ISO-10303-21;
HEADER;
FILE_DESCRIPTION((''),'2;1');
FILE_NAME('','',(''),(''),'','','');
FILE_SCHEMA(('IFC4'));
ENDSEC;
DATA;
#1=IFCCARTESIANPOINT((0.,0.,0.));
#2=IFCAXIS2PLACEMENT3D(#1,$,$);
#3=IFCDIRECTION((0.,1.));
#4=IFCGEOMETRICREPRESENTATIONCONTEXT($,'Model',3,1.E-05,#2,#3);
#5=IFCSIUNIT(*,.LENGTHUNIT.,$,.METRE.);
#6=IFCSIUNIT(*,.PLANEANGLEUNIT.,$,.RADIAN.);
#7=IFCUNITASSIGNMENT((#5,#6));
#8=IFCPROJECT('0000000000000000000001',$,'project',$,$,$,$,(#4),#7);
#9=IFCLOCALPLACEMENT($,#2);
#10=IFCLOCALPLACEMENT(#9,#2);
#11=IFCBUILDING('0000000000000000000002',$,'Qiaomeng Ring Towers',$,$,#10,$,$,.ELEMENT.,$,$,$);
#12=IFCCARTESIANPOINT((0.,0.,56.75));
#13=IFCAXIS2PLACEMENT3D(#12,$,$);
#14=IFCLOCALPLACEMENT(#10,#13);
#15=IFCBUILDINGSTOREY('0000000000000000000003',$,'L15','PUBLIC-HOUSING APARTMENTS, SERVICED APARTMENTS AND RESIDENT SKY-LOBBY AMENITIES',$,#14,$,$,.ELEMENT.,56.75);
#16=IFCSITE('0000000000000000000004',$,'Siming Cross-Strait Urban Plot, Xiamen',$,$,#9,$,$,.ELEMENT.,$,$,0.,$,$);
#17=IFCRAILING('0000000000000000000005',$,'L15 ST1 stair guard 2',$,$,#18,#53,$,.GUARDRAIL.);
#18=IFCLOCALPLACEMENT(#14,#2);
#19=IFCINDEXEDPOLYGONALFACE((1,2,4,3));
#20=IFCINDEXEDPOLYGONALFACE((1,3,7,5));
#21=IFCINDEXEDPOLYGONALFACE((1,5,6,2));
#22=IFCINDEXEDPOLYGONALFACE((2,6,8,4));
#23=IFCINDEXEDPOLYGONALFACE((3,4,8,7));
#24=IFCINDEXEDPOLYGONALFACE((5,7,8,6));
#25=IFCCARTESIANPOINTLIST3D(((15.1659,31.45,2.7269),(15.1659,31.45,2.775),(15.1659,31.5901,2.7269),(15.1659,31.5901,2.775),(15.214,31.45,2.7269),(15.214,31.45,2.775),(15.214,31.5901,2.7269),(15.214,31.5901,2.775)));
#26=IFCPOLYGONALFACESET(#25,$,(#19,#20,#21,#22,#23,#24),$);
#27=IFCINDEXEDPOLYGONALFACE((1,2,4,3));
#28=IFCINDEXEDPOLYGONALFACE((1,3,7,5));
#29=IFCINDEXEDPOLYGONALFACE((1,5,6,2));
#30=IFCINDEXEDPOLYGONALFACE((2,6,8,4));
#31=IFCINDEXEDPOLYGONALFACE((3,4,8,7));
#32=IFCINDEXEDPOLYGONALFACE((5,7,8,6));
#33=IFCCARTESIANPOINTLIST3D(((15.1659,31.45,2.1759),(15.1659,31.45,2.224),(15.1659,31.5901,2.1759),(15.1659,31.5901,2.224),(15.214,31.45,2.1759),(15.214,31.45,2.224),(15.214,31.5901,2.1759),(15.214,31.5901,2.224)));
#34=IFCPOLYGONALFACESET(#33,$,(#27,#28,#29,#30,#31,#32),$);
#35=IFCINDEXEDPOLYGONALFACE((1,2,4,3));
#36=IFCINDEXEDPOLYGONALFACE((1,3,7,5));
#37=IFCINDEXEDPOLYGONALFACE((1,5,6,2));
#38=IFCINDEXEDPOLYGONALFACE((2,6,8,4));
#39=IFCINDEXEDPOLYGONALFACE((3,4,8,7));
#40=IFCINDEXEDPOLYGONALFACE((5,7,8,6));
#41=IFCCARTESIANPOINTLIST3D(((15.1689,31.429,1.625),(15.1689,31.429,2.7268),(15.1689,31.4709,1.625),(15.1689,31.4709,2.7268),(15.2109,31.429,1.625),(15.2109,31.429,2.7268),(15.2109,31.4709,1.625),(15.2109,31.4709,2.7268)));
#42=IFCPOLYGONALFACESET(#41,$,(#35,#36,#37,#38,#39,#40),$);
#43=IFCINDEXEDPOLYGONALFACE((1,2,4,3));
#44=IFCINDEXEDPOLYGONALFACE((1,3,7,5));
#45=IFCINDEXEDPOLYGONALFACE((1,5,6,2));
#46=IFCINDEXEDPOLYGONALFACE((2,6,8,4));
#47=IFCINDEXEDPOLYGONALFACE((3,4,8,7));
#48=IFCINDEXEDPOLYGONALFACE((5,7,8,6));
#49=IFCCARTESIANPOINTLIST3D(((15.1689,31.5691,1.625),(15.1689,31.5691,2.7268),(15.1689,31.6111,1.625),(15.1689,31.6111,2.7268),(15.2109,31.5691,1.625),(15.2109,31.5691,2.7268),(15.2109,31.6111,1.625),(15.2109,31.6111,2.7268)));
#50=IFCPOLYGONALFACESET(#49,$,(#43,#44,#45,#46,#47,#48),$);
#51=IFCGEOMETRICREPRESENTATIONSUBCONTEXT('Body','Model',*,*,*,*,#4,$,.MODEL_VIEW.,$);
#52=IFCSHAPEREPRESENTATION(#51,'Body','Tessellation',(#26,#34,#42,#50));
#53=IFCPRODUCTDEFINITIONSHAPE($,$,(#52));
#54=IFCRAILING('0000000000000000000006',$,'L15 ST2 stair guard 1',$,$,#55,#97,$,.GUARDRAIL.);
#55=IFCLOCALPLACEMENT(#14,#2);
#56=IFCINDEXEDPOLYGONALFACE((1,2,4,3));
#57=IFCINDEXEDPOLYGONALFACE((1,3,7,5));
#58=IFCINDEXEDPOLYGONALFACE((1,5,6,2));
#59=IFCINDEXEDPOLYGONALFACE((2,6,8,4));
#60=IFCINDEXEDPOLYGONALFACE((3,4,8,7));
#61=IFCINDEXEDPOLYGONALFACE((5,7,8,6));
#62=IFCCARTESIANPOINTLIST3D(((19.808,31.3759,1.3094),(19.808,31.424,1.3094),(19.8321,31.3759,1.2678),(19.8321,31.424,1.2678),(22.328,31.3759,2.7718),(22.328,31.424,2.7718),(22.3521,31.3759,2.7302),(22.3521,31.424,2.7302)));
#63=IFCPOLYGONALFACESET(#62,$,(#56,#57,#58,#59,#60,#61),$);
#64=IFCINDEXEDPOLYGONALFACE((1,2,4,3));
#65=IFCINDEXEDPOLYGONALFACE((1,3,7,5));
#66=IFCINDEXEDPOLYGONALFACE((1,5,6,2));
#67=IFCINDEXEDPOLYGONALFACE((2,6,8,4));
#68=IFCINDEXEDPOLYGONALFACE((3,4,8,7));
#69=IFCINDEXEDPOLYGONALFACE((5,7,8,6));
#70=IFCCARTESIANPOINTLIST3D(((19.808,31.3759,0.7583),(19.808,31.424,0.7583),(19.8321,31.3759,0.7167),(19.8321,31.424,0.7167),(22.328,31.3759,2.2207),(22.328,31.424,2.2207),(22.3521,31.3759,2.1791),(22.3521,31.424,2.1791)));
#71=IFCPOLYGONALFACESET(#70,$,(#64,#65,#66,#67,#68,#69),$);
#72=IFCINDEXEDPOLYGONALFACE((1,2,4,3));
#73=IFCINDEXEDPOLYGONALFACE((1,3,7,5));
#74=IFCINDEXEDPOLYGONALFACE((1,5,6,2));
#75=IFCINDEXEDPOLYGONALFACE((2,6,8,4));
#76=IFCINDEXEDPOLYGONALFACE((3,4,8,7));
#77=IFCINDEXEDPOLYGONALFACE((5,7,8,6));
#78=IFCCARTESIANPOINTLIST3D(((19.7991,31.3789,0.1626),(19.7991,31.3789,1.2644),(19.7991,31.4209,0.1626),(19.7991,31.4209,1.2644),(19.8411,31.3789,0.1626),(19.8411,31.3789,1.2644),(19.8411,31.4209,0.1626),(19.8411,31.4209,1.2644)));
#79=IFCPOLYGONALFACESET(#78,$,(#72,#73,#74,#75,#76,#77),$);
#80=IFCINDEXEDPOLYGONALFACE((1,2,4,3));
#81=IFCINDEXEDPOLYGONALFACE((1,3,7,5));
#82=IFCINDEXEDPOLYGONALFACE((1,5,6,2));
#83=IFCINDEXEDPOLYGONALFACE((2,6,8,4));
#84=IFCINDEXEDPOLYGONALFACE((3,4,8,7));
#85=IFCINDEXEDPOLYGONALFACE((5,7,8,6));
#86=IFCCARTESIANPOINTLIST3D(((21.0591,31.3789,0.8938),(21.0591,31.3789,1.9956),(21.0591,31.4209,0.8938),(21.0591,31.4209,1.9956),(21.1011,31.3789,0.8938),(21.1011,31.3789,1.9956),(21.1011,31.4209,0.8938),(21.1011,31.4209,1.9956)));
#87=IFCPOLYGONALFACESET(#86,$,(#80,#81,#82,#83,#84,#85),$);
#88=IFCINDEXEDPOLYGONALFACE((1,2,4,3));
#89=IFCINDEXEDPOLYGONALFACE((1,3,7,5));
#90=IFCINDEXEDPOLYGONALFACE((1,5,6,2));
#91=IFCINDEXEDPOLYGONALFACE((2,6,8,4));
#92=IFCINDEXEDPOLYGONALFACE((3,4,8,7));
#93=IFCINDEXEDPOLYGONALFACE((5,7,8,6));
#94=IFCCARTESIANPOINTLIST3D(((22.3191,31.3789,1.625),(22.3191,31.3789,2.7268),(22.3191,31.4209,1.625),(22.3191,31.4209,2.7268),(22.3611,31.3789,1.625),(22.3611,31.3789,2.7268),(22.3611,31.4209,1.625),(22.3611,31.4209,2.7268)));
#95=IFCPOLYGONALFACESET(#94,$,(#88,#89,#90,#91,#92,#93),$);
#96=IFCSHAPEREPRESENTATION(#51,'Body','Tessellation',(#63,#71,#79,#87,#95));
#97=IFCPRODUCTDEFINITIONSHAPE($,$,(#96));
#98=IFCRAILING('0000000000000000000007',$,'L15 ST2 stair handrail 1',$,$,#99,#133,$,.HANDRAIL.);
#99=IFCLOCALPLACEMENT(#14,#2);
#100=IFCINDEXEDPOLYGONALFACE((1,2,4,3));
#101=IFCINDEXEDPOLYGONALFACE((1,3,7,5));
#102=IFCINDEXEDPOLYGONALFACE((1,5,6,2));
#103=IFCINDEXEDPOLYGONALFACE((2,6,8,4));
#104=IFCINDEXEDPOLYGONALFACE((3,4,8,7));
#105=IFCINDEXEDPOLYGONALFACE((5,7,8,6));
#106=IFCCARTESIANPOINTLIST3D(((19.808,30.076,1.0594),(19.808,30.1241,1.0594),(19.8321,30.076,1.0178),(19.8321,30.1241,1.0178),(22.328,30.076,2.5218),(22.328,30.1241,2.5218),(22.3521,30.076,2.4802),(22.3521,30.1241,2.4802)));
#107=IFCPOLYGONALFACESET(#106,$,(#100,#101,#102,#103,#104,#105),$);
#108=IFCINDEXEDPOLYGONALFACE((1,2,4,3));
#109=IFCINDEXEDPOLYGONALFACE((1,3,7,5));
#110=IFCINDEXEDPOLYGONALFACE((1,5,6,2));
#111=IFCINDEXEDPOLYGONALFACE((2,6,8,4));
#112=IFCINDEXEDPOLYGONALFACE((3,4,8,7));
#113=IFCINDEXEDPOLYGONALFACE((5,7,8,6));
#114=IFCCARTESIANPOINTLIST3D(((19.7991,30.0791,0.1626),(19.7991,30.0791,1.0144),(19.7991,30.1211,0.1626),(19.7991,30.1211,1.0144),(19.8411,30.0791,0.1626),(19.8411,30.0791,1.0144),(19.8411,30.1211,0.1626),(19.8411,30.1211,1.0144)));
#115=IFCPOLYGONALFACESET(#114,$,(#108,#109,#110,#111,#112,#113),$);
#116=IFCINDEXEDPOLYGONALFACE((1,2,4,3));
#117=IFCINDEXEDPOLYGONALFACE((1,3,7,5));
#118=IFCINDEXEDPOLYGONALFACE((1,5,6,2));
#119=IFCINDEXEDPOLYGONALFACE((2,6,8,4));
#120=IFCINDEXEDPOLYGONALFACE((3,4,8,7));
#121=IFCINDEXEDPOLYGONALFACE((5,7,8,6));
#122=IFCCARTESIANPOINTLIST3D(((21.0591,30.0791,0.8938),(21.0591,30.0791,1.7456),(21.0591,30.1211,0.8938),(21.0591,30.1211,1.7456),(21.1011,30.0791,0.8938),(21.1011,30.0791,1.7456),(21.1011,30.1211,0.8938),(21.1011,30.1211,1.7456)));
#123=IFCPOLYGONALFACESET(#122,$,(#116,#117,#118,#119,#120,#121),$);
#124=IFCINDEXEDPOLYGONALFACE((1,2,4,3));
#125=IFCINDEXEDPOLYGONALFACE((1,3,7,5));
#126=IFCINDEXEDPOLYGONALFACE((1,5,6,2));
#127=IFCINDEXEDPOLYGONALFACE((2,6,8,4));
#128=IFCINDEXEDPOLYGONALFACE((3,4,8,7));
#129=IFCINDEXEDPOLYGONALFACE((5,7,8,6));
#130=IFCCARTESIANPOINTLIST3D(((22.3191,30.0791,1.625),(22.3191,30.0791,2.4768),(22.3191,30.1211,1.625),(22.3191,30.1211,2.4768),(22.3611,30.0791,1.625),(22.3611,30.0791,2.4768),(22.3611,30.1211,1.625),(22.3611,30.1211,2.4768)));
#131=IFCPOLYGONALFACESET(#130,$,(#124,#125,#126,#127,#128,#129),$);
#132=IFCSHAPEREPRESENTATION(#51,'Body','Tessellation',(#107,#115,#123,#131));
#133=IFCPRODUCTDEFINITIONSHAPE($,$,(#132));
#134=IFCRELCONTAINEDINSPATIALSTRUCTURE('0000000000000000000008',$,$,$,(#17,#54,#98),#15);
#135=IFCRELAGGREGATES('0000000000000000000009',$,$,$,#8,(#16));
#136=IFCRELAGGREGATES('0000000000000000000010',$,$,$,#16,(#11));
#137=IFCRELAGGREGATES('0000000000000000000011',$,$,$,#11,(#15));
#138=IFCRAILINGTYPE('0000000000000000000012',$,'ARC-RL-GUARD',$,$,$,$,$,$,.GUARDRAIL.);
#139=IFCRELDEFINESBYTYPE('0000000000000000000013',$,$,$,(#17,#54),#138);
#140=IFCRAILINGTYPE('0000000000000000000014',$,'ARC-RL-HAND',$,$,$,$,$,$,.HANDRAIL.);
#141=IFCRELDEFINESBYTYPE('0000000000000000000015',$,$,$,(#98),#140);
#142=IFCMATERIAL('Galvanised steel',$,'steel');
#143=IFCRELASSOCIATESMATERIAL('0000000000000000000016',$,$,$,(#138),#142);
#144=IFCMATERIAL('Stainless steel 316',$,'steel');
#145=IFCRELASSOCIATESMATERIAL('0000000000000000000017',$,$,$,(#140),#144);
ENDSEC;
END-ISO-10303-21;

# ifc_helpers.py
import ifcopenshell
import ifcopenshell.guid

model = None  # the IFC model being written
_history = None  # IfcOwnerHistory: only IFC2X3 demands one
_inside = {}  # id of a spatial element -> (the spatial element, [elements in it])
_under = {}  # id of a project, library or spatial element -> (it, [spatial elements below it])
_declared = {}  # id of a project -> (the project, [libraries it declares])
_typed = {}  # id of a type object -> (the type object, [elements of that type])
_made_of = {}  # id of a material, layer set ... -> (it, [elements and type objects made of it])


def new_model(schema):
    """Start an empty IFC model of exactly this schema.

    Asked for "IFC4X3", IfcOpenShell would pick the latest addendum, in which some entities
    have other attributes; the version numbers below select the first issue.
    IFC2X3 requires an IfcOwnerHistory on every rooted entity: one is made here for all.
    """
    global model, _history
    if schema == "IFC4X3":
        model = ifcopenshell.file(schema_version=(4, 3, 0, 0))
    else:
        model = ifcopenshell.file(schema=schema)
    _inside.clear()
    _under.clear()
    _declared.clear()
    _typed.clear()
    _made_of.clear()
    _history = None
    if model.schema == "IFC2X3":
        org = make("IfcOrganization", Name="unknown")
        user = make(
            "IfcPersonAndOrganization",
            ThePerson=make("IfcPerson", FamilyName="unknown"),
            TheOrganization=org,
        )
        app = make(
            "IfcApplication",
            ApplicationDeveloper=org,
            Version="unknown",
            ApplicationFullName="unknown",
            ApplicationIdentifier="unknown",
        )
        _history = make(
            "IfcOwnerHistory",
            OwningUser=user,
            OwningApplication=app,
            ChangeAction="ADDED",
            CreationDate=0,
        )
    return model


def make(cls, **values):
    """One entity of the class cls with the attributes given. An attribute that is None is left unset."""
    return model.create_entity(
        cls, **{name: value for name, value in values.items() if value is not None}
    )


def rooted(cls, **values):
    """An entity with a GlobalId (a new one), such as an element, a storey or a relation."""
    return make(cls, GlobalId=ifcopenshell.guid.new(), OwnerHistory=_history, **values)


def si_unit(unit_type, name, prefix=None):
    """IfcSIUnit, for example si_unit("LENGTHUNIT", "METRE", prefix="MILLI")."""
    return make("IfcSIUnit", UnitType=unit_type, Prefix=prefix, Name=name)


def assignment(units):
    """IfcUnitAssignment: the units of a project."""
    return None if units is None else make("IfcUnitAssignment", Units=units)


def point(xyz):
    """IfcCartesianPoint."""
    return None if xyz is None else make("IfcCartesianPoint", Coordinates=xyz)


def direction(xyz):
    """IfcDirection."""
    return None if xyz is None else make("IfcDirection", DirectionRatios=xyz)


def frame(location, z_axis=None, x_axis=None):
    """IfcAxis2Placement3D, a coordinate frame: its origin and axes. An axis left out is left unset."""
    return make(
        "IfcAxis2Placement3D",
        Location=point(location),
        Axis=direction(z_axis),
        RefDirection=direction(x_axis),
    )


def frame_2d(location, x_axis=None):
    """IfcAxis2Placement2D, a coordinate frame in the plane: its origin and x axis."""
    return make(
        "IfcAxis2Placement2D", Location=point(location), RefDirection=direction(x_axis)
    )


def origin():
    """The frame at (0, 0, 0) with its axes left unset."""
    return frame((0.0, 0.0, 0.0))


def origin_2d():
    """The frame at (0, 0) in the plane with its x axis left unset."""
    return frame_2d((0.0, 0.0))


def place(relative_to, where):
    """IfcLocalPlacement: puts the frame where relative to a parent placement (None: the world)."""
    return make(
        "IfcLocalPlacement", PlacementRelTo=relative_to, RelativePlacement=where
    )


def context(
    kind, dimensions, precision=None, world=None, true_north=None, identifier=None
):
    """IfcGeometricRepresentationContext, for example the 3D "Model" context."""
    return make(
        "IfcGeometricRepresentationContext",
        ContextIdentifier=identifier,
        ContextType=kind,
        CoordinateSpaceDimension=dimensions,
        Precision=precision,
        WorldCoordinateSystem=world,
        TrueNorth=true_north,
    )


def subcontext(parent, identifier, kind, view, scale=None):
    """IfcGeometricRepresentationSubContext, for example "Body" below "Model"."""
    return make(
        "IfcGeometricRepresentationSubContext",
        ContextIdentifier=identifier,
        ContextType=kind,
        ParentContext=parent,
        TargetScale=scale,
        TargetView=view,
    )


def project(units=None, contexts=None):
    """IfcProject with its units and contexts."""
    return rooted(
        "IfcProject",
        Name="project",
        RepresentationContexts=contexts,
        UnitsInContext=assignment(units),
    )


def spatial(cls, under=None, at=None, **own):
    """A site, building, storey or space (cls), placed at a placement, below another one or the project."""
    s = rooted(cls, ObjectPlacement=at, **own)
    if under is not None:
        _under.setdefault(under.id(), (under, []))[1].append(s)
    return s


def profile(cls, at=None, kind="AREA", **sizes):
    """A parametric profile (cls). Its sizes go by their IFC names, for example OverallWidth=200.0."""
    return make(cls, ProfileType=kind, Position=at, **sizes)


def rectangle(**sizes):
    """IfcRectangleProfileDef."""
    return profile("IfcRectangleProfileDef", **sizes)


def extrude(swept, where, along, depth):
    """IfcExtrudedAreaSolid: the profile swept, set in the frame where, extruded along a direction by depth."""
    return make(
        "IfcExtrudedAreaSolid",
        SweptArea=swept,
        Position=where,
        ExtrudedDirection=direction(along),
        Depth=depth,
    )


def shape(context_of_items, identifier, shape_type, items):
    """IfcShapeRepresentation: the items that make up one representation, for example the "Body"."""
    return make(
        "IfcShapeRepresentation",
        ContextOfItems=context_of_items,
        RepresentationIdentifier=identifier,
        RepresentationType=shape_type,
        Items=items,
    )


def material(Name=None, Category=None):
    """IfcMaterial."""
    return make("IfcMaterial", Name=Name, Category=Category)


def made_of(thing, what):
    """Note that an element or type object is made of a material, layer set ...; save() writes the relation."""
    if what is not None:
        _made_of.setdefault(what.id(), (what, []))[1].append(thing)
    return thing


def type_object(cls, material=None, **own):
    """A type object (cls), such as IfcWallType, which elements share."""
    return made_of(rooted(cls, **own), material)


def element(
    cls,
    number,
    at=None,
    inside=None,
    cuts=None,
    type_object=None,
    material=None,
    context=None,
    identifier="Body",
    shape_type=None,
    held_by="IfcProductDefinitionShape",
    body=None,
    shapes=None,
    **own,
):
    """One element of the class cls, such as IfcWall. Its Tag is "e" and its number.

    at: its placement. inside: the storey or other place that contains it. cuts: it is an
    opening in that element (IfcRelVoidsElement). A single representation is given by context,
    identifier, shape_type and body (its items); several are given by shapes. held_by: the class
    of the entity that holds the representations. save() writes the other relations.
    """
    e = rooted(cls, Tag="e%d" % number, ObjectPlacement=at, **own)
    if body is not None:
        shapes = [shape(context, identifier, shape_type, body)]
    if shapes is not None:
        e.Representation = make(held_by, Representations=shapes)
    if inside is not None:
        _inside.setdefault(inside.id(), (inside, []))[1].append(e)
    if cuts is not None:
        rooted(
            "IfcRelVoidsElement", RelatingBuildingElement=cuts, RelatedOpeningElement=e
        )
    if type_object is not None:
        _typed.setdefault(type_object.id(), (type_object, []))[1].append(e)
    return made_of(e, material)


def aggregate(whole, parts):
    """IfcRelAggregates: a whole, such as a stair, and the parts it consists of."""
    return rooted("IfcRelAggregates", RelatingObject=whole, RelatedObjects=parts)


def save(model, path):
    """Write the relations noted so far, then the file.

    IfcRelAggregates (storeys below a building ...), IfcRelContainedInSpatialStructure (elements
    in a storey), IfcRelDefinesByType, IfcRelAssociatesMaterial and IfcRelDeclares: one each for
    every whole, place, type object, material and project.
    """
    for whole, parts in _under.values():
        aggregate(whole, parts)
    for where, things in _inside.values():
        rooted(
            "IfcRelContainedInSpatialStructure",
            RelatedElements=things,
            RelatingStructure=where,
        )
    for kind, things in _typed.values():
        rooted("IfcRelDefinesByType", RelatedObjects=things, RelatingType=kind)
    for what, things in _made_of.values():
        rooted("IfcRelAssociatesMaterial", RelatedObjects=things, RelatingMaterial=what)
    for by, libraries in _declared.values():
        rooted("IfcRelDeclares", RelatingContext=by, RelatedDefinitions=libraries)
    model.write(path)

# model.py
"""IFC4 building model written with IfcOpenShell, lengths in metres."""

from ifc_helpers import new_model, si_unit, direction, frame, origin, origin_2d, place, context, subcontext, project, spatial, rectangle, extrude, material, type_object, element, save


model = new_model("IFC4")

# Units and contexts
model_context = context("Model", 3, precision=1e-05, world=origin(), true_north=direction((0.0, 1.0)))
body_context = subcontext(model_context, "Body", "Model", "MODEL_VIEW")
ifc_project = project(units=[si_unit("LENGTHUNIT", "METRE"), si_unit("PLANEANGLEUNIT", "RADIAN")], contexts=[model_context])

# Site, building, storey
site_placement = place(None, origin())
site = spatial("IfcSite", under=ifc_project, at=site_placement, Name="Siming Cross-Strait Urban Plot, Xiamen", CompositionType="ELEMENT", RefElevation=0.0)
building_placement = place(site_placement, origin())
building = spatial("IfcBuilding", under=site, at=building_placement, Name="Qiaomeng Ring Towers", CompositionType="ELEMENT")
storey_placement = place(building_placement, frame((0.0, 0.0, 56.75)))
storey = spatial("IfcBuildingStorey", under=building, at=storey_placement, Name="L15", Description="PUBLIC-HOUSING APARTMENTS, SERVICED APARTMENTS AND RESIDENT SKY-LOBBY AMENITIES", CompositionType="ELEMENT", Elevation=56.75)

# Shared definitions
ifc_material_1 = material(Name="Galvanised steel", Category="steel")

# Shared definitions
ifc_material_2 = material(Name="Stainless steel 316", Category="steel")

# Railings
railing_type_1 = type_object("IfcRailingType", Name="ARC-RL-GUARD", PredefinedType="GUARDRAIL", material=ifc_material_1)
railing_1_placement = place(storey_placement, frame((15.1899, 31.45, 1.625)))
element("IfcRailing", 1, at=railing_1_placement, inside=storey, type_object=railing_type_1, Name="L15 ST1 stair guard 2", PredefinedType="GUARDRAIL", context=body_context, shape_type="SweptSolid", body=[
    extrude(rectangle(XDim=0.0481, YDim=0.0481, at=origin_2d()), frame((0.0, 0.0, 1.126), z_axis=(0.0, 1.0, 0.0), x_axis=(-1.0, 0.0, 0.0)), (0.0, 0.0, 1.0), 0.1401),
    extrude(rectangle(XDim=0.0481, YDim=0.0481, at=origin_2d()), frame((0.0, 0.0, 0.575), z_axis=(0.0, 1.0, 0.0), x_axis=(-1.0, 0.0, 0.0)), (0.0, 0.0, 1.0), 0.1401),
    extrude(rectangle(XDim=0.042, YDim=0.042, at=origin_2d()), origin(), (0.0, 0.0, 1.0), 1.1018),
    extrude(rectangle(XDim=0.042, YDim=0.042, at=origin_2d()), frame((0.0, 0.1401, 0.0)), (0.0, 0.0, 1.0), 1.1018),
])
railing_2_placement = place(storey_placement, frame((19.8201, 31.3999, 0.1626)))
element("IfcRailing", 2, at=railing_2_placement, inside=storey, type_object=railing_type_1, Name="L15 ST2 stair guard 1", PredefinedType="GUARDRAIL", context=body_context, shape_type="SweptSolid", body=[
    extrude(rectangle(XDim=0.0481, YDim=0.0481, at=origin_2d()), frame((0.0, 0.0, 1.126), z_axis=(0.864913, 0.0, 0.501921), x_axis=(0.0, 1.0, 0.0)), (0.0, 0.0, 1.0), 2.9136),
    extrude(rectangle(XDim=0.0481, YDim=0.0481, at=origin_2d()), frame((0.0, 0.0, 0.575), z_axis=(0.864913, 0.0, 0.501921), x_axis=(0.0, 1.0, 0.0)), (0.0, 0.0, 1.0), 2.9136),
    extrude(rectangle(XDim=0.042, YDim=0.042, at=origin_2d()), origin(), (0.0, 0.0, 1.0), 1.1018),
    extrude(rectangle(XDim=0.042, YDim=0.042, at=origin_2d()), frame((1.26, 0.0, 0.7312)), (0.0, 0.0, 1.0), 1.1018),
    extrude(rectangle(XDim=0.042, YDim=0.042, at=origin_2d()), frame((2.52, 0.0, 1.4624)), (0.0, 0.0, 1.0), 1.1018),
])
railing_type_2 = type_object("IfcRailingType", Name="ARC-RL-HAND", PredefinedType="HANDRAIL", material=ifc_material_2)
railing_3_placement = place(storey_placement, frame((19.8201, 30.1001, 0.1626)))
element("IfcRailing", 3, at=railing_3_placement, inside=storey, type_object=railing_type_2, Name="L15 ST2 stair handrail 1", PredefinedType="HANDRAIL", context=body_context, shape_type="SweptSolid", body=[
    extrude(rectangle(XDim=0.0481, YDim=0.0481, at=origin_2d()), frame((0.0, 0.0, 0.876), z_axis=(0.864913, 0.0, 0.501921), x_axis=(0.0, 1.0, 0.0)), (0.0, 0.0, 1.0), 2.9136),
    extrude(rectangle(XDim=0.042, YDim=0.042, at=origin_2d()), origin(), (0.0, 0.0, 1.0), 0.8518),
    extrude(rectangle(XDim=0.042, YDim=0.042, at=origin_2d()), frame((1.26, 0.0, 0.7312)), (0.0, 0.0, 1.0), 0.8518),
    extrude(rectangle(XDim=0.042, YDim=0.042, at=origin_2d()), frame((2.52, 0.0, 1.4624)), (0.0, 0.0, 1.0), 0.8518),
])

save(model, "model.ifc")
